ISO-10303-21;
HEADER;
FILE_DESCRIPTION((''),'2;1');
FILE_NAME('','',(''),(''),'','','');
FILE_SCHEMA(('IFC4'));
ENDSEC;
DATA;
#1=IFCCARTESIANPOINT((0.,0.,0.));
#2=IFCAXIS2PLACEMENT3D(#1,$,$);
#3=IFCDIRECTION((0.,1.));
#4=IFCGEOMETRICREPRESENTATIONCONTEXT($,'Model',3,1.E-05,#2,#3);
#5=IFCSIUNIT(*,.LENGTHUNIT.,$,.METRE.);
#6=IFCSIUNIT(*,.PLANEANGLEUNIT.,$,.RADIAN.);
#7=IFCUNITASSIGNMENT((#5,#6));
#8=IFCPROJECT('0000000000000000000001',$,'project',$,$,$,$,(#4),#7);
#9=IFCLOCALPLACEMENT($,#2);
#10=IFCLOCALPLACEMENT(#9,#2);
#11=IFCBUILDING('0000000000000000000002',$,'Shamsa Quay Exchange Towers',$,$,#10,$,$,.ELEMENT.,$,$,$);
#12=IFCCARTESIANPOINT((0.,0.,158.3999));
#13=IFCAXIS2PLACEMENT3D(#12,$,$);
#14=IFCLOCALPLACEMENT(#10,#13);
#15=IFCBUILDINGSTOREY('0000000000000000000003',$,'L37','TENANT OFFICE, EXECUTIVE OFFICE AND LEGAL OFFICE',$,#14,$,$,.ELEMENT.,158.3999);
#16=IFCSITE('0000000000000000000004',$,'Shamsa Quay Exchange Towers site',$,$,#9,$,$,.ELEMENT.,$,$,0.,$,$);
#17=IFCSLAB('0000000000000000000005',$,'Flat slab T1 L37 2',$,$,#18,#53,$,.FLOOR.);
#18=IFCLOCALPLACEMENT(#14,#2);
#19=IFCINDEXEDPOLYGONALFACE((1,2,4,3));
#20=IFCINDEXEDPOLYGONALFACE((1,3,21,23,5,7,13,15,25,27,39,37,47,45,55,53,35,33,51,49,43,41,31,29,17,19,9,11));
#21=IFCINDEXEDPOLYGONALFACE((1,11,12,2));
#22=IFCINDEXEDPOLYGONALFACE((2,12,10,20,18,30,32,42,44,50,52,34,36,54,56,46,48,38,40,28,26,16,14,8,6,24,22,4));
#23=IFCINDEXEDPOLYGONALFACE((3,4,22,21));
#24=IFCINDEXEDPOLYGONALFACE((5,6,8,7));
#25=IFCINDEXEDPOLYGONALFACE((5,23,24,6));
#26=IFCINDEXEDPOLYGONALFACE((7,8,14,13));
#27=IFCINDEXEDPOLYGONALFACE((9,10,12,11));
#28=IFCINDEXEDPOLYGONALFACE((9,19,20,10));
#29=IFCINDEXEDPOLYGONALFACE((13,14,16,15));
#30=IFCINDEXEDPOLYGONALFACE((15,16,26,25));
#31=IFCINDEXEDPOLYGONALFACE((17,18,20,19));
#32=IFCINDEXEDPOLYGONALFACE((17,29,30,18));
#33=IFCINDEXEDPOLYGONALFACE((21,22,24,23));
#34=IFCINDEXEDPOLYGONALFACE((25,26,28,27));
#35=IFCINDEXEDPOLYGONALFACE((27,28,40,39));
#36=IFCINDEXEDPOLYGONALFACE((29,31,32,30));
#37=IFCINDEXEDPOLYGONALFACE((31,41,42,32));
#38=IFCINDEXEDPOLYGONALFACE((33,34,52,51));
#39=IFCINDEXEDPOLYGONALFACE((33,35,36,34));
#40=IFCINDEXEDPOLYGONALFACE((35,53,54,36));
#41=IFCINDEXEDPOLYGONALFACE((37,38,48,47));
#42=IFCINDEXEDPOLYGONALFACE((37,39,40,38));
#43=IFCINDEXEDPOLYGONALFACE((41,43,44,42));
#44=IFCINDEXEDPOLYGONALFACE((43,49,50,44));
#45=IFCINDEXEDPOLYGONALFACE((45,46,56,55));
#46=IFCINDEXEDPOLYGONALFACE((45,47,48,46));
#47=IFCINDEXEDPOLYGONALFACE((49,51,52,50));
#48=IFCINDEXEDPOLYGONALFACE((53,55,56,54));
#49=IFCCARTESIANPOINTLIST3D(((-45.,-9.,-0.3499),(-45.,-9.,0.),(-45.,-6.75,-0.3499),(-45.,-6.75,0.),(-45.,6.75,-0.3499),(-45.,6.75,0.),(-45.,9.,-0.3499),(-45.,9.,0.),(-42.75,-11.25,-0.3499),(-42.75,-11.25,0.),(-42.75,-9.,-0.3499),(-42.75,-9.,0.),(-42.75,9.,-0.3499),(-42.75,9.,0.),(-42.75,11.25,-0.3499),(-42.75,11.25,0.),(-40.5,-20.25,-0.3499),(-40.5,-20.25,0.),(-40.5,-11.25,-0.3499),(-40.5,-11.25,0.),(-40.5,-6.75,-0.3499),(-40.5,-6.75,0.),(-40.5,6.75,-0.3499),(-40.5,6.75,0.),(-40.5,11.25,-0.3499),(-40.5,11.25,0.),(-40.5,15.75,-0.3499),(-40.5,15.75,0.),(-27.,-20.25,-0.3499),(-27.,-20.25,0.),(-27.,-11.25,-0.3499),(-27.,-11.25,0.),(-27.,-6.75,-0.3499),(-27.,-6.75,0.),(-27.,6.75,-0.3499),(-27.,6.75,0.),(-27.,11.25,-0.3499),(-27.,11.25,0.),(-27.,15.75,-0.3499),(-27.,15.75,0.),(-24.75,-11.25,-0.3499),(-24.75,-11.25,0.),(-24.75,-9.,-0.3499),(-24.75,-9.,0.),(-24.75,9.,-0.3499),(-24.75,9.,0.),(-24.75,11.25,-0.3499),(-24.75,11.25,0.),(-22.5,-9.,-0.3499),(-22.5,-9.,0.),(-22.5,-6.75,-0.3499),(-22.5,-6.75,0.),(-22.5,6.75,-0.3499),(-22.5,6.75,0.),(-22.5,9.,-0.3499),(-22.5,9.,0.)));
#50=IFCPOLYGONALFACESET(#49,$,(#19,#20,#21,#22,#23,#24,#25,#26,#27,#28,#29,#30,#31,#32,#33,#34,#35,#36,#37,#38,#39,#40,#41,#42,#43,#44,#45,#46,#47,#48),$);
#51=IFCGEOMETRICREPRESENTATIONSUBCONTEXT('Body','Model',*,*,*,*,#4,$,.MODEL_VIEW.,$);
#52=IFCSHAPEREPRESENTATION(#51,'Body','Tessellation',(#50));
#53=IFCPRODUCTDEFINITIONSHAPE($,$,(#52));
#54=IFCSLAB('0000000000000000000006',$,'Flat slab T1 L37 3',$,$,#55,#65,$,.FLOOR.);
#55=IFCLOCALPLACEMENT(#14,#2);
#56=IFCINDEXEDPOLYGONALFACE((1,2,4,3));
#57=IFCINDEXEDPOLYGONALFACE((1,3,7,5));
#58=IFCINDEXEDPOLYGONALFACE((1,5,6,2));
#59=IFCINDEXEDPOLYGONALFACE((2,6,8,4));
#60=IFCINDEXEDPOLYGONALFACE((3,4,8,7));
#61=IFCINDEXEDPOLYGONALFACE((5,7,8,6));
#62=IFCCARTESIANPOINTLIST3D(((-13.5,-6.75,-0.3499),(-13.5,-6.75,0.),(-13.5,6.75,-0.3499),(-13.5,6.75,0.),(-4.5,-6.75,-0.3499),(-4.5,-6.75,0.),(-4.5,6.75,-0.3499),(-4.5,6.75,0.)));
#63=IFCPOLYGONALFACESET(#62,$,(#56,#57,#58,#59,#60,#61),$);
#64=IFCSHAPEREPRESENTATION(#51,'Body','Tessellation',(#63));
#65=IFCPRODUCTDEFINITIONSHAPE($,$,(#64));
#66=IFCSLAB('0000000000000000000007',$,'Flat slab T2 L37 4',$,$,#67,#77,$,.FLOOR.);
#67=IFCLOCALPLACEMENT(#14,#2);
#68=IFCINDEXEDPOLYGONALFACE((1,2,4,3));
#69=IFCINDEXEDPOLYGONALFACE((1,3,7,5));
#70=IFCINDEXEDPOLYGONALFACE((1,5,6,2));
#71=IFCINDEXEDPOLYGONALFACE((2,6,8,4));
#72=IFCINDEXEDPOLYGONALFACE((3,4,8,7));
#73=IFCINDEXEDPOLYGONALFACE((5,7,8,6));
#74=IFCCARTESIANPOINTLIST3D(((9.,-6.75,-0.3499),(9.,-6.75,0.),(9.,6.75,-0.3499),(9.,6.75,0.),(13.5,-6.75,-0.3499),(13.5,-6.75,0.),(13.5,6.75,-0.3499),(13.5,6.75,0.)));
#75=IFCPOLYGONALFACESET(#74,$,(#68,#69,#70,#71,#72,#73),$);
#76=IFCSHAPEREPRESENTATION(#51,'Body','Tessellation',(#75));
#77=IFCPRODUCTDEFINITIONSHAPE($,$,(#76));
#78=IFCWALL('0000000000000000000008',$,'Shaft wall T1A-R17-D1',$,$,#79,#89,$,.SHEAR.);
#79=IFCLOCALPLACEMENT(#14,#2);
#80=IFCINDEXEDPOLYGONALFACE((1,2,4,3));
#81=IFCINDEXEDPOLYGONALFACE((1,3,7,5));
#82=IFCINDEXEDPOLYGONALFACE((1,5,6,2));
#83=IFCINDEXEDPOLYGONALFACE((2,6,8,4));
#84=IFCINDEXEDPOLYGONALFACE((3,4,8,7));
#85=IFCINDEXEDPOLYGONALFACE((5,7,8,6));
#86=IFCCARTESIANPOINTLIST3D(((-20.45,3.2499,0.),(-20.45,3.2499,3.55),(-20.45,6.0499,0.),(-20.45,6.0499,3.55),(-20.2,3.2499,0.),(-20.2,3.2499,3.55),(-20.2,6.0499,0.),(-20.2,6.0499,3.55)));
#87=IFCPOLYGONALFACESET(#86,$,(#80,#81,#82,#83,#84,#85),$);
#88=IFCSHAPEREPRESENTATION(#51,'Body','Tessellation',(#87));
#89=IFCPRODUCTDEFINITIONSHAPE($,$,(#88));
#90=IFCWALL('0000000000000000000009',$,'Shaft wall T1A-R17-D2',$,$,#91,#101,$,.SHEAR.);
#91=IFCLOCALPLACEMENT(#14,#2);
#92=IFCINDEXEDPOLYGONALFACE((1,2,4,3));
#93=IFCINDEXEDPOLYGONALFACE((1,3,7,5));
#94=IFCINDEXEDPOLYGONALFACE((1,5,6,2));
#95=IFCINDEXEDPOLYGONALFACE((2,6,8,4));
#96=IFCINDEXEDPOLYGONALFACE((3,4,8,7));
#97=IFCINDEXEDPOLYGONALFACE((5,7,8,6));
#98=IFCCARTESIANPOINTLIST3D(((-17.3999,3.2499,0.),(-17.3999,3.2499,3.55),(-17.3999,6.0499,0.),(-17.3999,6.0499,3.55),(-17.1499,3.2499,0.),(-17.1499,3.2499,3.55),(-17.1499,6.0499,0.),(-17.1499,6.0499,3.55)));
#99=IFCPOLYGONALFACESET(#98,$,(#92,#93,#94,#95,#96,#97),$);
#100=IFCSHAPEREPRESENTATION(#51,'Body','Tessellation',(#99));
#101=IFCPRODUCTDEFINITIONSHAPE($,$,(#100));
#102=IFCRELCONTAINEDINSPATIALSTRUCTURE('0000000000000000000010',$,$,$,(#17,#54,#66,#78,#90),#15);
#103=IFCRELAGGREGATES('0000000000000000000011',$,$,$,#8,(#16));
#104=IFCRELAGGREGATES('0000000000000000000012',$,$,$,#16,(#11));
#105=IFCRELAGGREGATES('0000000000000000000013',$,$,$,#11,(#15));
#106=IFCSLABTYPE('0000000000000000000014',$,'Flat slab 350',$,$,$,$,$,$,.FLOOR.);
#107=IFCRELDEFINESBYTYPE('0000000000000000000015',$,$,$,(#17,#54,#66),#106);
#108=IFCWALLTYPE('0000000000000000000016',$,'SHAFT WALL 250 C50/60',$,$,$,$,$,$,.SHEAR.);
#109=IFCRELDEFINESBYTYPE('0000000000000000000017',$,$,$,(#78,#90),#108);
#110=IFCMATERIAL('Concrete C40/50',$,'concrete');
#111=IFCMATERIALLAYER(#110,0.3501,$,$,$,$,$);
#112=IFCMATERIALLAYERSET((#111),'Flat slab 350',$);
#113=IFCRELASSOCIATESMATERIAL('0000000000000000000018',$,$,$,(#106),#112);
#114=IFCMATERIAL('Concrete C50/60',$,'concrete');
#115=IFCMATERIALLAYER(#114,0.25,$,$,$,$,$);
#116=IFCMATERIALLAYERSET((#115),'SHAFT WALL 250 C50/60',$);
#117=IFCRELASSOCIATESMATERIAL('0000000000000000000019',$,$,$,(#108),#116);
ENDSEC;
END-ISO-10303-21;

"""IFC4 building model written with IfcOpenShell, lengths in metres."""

from ifc_helpers import new_model, si_unit, direction, frame, frame_2d, origin, place, context, subcontext, project, spatial, polyline, rectangle, outline, extrude, material, layer, layer_set, type_object, element, save


model = new_model("IFC4")

# Units and contexts
model_context = context("Model", 3, precision=1e-05, world=origin(), true_north=direction((0.0, 1.0)))
body_context = subcontext(model_context, "Body", "Model", "MODEL_VIEW")
ifc_project = project(units=[si_unit("LENGTHUNIT", "METRE"), si_unit("PLANEANGLEUNIT", "RADIAN")], contexts=[model_context])

# Site, building, storey
site_placement = place(None, origin())
site = spatial("IfcSite", under=ifc_project, at=site_placement, Name="Shamsa Quay Exchange Towers site", CompositionType="ELEMENT", RefElevation=0.0)
building_placement = place(site_placement, origin())
building = spatial("IfcBuilding", under=site, at=building_placement, Name="Shamsa Quay Exchange Towers", CompositionType="ELEMENT")
storey_placement = place(building_placement, frame((0.0, 0.0, 158.3999)))
storey = spatial("IfcBuildingStorey", under=building, at=storey_placement, Name="L37", Description="TENANT OFFICE, EXECUTIVE OFFICE AND LEGAL OFFICE", CompositionType="ELEMENT", Elevation=158.3999)

# Slabs
ifc_material_1 = material(Name="Concrete C40/50", Category="concrete")
ifc_layer_1 = layer(ifc_material_1, 0.3501)
ifc_layer_set_1 = layer_set([ifc_layer_1], Name="Flat slab 350")
slab_type = type_object("IfcSlabType", Name="Flat slab 350", PredefinedType="FLOOR", material=ifc_layer_set_1)
slab_1_placement = place(storey_placement, frame((0.0, 0.0, -0.3499)))
element("IfcSlab", 1, at=slab_1_placement, inside=storey, type_object=slab_type, Name="Flat slab T1 L37 2", PredefinedType="FLOOR", context=body_context, shape_type="SweptSolid", body=[
    extrude(outline(polyline([(-22.5, -9.0), (-22.5, -6.75), (-27.0, -6.75), (-27.0, 6.75), (-22.5, 6.75), (-22.5, 9.0), (-24.75, 9.0), (-24.75, 11.25), (-27.0, 11.25), (-27.0, 15.75), (-40.5, 15.75), (-40.5, 11.25), (-42.75, 11.25), (-42.75, 9.0), (-45.0, 9.0), (-45.0, 6.75), (-40.5, 6.75), (-40.5, -6.75), (-45.0, -6.75), (-45.0, -9.0), (-42.75, -9.0), (-42.75, -11.25), (-40.5, -11.25), (-40.5, -20.25), (-27.0, -20.25), (-27.0, -11.25), (-24.75, -11.25), (-24.75, -9.0), (-22.5, -9.0)])), origin(), (0.0, 0.0, 1.0), 0.3499),
])
slab_2_placement = place(storey_placement, frame((0.0, 0.0, -0.3499)))
element("IfcSlab", 2, at=slab_2_placement, inside=storey, type_object=slab_type, Name="Flat slab T1 L37 3", PredefinedType="FLOOR", context=body_context, shape_type="SweptSolid", body=[
    extrude(outline(polyline([(-4.5, 6.75), (-13.5, 6.75), (-13.5, -6.75), (-4.5, -6.75), (-4.5, 6.75)])), origin(), (0.0, 0.0, 1.0), 0.3499),
])
slab_3_placement = place(storey_placement, frame((0.0, 0.0, -0.3499)))
element("IfcSlab", 3, at=slab_3_placement, inside=storey, type_object=slab_type, Name="Flat slab T2 L37 4", PredefinedType="FLOOR", context=body_context, shape_type="SweptSolid", body=[
    extrude(outline(polyline([(9.0, -6.75), (13.5, -6.75), (13.5, 6.75), (9.0, 6.75), (9.0, -6.75)])), origin(), (0.0, 0.0, 1.0), 0.3499),
])

# Walls
ifc_material_2 = material(Name="Concrete C50/60", Category="concrete")
ifc_layer_2 = layer(ifc_material_2, 0.25)
ifc_layer_set_2 = layer_set([ifc_layer_2], Name="SHAFT WALL 250 C50/60")
wall_type_1 = type_object("IfcWallType", Name="SHAFT WALL 250 C50/60", PredefinedType="SHEAR", material=ifc_layer_set_2)
for number, where, z_axis, x_axis, name in (
    (4, (-20.325, 3.25, 0.0), (0.0, 0.0, 1.0), (0.0, 1.0, 0.0), "Shaft wall T1A-R17-D1"),
    (5, (-17.2749, 3.25, 0.0), (0.0, 0.0, 1.0), (0.0, 1.0, 0.0), "Shaft wall T1A-R17-D2"),
):
    element("IfcWall", number, at=place(storey_placement, frame(where, z_axis=z_axis, x_axis=x_axis)), inside=storey, type_object=wall_type_1, Name=name, PredefinedType="SHEAR", context=body_context, shape_type="SweptSolid", body=[
        extrude(rectangle(XDim=2.8, YDim=0.25, at=frame_2d((1.3999, 0.0))), origin(), (0.0, 0.0, 1.0), 3.55),
    ])

save(model, "model.ifc")
